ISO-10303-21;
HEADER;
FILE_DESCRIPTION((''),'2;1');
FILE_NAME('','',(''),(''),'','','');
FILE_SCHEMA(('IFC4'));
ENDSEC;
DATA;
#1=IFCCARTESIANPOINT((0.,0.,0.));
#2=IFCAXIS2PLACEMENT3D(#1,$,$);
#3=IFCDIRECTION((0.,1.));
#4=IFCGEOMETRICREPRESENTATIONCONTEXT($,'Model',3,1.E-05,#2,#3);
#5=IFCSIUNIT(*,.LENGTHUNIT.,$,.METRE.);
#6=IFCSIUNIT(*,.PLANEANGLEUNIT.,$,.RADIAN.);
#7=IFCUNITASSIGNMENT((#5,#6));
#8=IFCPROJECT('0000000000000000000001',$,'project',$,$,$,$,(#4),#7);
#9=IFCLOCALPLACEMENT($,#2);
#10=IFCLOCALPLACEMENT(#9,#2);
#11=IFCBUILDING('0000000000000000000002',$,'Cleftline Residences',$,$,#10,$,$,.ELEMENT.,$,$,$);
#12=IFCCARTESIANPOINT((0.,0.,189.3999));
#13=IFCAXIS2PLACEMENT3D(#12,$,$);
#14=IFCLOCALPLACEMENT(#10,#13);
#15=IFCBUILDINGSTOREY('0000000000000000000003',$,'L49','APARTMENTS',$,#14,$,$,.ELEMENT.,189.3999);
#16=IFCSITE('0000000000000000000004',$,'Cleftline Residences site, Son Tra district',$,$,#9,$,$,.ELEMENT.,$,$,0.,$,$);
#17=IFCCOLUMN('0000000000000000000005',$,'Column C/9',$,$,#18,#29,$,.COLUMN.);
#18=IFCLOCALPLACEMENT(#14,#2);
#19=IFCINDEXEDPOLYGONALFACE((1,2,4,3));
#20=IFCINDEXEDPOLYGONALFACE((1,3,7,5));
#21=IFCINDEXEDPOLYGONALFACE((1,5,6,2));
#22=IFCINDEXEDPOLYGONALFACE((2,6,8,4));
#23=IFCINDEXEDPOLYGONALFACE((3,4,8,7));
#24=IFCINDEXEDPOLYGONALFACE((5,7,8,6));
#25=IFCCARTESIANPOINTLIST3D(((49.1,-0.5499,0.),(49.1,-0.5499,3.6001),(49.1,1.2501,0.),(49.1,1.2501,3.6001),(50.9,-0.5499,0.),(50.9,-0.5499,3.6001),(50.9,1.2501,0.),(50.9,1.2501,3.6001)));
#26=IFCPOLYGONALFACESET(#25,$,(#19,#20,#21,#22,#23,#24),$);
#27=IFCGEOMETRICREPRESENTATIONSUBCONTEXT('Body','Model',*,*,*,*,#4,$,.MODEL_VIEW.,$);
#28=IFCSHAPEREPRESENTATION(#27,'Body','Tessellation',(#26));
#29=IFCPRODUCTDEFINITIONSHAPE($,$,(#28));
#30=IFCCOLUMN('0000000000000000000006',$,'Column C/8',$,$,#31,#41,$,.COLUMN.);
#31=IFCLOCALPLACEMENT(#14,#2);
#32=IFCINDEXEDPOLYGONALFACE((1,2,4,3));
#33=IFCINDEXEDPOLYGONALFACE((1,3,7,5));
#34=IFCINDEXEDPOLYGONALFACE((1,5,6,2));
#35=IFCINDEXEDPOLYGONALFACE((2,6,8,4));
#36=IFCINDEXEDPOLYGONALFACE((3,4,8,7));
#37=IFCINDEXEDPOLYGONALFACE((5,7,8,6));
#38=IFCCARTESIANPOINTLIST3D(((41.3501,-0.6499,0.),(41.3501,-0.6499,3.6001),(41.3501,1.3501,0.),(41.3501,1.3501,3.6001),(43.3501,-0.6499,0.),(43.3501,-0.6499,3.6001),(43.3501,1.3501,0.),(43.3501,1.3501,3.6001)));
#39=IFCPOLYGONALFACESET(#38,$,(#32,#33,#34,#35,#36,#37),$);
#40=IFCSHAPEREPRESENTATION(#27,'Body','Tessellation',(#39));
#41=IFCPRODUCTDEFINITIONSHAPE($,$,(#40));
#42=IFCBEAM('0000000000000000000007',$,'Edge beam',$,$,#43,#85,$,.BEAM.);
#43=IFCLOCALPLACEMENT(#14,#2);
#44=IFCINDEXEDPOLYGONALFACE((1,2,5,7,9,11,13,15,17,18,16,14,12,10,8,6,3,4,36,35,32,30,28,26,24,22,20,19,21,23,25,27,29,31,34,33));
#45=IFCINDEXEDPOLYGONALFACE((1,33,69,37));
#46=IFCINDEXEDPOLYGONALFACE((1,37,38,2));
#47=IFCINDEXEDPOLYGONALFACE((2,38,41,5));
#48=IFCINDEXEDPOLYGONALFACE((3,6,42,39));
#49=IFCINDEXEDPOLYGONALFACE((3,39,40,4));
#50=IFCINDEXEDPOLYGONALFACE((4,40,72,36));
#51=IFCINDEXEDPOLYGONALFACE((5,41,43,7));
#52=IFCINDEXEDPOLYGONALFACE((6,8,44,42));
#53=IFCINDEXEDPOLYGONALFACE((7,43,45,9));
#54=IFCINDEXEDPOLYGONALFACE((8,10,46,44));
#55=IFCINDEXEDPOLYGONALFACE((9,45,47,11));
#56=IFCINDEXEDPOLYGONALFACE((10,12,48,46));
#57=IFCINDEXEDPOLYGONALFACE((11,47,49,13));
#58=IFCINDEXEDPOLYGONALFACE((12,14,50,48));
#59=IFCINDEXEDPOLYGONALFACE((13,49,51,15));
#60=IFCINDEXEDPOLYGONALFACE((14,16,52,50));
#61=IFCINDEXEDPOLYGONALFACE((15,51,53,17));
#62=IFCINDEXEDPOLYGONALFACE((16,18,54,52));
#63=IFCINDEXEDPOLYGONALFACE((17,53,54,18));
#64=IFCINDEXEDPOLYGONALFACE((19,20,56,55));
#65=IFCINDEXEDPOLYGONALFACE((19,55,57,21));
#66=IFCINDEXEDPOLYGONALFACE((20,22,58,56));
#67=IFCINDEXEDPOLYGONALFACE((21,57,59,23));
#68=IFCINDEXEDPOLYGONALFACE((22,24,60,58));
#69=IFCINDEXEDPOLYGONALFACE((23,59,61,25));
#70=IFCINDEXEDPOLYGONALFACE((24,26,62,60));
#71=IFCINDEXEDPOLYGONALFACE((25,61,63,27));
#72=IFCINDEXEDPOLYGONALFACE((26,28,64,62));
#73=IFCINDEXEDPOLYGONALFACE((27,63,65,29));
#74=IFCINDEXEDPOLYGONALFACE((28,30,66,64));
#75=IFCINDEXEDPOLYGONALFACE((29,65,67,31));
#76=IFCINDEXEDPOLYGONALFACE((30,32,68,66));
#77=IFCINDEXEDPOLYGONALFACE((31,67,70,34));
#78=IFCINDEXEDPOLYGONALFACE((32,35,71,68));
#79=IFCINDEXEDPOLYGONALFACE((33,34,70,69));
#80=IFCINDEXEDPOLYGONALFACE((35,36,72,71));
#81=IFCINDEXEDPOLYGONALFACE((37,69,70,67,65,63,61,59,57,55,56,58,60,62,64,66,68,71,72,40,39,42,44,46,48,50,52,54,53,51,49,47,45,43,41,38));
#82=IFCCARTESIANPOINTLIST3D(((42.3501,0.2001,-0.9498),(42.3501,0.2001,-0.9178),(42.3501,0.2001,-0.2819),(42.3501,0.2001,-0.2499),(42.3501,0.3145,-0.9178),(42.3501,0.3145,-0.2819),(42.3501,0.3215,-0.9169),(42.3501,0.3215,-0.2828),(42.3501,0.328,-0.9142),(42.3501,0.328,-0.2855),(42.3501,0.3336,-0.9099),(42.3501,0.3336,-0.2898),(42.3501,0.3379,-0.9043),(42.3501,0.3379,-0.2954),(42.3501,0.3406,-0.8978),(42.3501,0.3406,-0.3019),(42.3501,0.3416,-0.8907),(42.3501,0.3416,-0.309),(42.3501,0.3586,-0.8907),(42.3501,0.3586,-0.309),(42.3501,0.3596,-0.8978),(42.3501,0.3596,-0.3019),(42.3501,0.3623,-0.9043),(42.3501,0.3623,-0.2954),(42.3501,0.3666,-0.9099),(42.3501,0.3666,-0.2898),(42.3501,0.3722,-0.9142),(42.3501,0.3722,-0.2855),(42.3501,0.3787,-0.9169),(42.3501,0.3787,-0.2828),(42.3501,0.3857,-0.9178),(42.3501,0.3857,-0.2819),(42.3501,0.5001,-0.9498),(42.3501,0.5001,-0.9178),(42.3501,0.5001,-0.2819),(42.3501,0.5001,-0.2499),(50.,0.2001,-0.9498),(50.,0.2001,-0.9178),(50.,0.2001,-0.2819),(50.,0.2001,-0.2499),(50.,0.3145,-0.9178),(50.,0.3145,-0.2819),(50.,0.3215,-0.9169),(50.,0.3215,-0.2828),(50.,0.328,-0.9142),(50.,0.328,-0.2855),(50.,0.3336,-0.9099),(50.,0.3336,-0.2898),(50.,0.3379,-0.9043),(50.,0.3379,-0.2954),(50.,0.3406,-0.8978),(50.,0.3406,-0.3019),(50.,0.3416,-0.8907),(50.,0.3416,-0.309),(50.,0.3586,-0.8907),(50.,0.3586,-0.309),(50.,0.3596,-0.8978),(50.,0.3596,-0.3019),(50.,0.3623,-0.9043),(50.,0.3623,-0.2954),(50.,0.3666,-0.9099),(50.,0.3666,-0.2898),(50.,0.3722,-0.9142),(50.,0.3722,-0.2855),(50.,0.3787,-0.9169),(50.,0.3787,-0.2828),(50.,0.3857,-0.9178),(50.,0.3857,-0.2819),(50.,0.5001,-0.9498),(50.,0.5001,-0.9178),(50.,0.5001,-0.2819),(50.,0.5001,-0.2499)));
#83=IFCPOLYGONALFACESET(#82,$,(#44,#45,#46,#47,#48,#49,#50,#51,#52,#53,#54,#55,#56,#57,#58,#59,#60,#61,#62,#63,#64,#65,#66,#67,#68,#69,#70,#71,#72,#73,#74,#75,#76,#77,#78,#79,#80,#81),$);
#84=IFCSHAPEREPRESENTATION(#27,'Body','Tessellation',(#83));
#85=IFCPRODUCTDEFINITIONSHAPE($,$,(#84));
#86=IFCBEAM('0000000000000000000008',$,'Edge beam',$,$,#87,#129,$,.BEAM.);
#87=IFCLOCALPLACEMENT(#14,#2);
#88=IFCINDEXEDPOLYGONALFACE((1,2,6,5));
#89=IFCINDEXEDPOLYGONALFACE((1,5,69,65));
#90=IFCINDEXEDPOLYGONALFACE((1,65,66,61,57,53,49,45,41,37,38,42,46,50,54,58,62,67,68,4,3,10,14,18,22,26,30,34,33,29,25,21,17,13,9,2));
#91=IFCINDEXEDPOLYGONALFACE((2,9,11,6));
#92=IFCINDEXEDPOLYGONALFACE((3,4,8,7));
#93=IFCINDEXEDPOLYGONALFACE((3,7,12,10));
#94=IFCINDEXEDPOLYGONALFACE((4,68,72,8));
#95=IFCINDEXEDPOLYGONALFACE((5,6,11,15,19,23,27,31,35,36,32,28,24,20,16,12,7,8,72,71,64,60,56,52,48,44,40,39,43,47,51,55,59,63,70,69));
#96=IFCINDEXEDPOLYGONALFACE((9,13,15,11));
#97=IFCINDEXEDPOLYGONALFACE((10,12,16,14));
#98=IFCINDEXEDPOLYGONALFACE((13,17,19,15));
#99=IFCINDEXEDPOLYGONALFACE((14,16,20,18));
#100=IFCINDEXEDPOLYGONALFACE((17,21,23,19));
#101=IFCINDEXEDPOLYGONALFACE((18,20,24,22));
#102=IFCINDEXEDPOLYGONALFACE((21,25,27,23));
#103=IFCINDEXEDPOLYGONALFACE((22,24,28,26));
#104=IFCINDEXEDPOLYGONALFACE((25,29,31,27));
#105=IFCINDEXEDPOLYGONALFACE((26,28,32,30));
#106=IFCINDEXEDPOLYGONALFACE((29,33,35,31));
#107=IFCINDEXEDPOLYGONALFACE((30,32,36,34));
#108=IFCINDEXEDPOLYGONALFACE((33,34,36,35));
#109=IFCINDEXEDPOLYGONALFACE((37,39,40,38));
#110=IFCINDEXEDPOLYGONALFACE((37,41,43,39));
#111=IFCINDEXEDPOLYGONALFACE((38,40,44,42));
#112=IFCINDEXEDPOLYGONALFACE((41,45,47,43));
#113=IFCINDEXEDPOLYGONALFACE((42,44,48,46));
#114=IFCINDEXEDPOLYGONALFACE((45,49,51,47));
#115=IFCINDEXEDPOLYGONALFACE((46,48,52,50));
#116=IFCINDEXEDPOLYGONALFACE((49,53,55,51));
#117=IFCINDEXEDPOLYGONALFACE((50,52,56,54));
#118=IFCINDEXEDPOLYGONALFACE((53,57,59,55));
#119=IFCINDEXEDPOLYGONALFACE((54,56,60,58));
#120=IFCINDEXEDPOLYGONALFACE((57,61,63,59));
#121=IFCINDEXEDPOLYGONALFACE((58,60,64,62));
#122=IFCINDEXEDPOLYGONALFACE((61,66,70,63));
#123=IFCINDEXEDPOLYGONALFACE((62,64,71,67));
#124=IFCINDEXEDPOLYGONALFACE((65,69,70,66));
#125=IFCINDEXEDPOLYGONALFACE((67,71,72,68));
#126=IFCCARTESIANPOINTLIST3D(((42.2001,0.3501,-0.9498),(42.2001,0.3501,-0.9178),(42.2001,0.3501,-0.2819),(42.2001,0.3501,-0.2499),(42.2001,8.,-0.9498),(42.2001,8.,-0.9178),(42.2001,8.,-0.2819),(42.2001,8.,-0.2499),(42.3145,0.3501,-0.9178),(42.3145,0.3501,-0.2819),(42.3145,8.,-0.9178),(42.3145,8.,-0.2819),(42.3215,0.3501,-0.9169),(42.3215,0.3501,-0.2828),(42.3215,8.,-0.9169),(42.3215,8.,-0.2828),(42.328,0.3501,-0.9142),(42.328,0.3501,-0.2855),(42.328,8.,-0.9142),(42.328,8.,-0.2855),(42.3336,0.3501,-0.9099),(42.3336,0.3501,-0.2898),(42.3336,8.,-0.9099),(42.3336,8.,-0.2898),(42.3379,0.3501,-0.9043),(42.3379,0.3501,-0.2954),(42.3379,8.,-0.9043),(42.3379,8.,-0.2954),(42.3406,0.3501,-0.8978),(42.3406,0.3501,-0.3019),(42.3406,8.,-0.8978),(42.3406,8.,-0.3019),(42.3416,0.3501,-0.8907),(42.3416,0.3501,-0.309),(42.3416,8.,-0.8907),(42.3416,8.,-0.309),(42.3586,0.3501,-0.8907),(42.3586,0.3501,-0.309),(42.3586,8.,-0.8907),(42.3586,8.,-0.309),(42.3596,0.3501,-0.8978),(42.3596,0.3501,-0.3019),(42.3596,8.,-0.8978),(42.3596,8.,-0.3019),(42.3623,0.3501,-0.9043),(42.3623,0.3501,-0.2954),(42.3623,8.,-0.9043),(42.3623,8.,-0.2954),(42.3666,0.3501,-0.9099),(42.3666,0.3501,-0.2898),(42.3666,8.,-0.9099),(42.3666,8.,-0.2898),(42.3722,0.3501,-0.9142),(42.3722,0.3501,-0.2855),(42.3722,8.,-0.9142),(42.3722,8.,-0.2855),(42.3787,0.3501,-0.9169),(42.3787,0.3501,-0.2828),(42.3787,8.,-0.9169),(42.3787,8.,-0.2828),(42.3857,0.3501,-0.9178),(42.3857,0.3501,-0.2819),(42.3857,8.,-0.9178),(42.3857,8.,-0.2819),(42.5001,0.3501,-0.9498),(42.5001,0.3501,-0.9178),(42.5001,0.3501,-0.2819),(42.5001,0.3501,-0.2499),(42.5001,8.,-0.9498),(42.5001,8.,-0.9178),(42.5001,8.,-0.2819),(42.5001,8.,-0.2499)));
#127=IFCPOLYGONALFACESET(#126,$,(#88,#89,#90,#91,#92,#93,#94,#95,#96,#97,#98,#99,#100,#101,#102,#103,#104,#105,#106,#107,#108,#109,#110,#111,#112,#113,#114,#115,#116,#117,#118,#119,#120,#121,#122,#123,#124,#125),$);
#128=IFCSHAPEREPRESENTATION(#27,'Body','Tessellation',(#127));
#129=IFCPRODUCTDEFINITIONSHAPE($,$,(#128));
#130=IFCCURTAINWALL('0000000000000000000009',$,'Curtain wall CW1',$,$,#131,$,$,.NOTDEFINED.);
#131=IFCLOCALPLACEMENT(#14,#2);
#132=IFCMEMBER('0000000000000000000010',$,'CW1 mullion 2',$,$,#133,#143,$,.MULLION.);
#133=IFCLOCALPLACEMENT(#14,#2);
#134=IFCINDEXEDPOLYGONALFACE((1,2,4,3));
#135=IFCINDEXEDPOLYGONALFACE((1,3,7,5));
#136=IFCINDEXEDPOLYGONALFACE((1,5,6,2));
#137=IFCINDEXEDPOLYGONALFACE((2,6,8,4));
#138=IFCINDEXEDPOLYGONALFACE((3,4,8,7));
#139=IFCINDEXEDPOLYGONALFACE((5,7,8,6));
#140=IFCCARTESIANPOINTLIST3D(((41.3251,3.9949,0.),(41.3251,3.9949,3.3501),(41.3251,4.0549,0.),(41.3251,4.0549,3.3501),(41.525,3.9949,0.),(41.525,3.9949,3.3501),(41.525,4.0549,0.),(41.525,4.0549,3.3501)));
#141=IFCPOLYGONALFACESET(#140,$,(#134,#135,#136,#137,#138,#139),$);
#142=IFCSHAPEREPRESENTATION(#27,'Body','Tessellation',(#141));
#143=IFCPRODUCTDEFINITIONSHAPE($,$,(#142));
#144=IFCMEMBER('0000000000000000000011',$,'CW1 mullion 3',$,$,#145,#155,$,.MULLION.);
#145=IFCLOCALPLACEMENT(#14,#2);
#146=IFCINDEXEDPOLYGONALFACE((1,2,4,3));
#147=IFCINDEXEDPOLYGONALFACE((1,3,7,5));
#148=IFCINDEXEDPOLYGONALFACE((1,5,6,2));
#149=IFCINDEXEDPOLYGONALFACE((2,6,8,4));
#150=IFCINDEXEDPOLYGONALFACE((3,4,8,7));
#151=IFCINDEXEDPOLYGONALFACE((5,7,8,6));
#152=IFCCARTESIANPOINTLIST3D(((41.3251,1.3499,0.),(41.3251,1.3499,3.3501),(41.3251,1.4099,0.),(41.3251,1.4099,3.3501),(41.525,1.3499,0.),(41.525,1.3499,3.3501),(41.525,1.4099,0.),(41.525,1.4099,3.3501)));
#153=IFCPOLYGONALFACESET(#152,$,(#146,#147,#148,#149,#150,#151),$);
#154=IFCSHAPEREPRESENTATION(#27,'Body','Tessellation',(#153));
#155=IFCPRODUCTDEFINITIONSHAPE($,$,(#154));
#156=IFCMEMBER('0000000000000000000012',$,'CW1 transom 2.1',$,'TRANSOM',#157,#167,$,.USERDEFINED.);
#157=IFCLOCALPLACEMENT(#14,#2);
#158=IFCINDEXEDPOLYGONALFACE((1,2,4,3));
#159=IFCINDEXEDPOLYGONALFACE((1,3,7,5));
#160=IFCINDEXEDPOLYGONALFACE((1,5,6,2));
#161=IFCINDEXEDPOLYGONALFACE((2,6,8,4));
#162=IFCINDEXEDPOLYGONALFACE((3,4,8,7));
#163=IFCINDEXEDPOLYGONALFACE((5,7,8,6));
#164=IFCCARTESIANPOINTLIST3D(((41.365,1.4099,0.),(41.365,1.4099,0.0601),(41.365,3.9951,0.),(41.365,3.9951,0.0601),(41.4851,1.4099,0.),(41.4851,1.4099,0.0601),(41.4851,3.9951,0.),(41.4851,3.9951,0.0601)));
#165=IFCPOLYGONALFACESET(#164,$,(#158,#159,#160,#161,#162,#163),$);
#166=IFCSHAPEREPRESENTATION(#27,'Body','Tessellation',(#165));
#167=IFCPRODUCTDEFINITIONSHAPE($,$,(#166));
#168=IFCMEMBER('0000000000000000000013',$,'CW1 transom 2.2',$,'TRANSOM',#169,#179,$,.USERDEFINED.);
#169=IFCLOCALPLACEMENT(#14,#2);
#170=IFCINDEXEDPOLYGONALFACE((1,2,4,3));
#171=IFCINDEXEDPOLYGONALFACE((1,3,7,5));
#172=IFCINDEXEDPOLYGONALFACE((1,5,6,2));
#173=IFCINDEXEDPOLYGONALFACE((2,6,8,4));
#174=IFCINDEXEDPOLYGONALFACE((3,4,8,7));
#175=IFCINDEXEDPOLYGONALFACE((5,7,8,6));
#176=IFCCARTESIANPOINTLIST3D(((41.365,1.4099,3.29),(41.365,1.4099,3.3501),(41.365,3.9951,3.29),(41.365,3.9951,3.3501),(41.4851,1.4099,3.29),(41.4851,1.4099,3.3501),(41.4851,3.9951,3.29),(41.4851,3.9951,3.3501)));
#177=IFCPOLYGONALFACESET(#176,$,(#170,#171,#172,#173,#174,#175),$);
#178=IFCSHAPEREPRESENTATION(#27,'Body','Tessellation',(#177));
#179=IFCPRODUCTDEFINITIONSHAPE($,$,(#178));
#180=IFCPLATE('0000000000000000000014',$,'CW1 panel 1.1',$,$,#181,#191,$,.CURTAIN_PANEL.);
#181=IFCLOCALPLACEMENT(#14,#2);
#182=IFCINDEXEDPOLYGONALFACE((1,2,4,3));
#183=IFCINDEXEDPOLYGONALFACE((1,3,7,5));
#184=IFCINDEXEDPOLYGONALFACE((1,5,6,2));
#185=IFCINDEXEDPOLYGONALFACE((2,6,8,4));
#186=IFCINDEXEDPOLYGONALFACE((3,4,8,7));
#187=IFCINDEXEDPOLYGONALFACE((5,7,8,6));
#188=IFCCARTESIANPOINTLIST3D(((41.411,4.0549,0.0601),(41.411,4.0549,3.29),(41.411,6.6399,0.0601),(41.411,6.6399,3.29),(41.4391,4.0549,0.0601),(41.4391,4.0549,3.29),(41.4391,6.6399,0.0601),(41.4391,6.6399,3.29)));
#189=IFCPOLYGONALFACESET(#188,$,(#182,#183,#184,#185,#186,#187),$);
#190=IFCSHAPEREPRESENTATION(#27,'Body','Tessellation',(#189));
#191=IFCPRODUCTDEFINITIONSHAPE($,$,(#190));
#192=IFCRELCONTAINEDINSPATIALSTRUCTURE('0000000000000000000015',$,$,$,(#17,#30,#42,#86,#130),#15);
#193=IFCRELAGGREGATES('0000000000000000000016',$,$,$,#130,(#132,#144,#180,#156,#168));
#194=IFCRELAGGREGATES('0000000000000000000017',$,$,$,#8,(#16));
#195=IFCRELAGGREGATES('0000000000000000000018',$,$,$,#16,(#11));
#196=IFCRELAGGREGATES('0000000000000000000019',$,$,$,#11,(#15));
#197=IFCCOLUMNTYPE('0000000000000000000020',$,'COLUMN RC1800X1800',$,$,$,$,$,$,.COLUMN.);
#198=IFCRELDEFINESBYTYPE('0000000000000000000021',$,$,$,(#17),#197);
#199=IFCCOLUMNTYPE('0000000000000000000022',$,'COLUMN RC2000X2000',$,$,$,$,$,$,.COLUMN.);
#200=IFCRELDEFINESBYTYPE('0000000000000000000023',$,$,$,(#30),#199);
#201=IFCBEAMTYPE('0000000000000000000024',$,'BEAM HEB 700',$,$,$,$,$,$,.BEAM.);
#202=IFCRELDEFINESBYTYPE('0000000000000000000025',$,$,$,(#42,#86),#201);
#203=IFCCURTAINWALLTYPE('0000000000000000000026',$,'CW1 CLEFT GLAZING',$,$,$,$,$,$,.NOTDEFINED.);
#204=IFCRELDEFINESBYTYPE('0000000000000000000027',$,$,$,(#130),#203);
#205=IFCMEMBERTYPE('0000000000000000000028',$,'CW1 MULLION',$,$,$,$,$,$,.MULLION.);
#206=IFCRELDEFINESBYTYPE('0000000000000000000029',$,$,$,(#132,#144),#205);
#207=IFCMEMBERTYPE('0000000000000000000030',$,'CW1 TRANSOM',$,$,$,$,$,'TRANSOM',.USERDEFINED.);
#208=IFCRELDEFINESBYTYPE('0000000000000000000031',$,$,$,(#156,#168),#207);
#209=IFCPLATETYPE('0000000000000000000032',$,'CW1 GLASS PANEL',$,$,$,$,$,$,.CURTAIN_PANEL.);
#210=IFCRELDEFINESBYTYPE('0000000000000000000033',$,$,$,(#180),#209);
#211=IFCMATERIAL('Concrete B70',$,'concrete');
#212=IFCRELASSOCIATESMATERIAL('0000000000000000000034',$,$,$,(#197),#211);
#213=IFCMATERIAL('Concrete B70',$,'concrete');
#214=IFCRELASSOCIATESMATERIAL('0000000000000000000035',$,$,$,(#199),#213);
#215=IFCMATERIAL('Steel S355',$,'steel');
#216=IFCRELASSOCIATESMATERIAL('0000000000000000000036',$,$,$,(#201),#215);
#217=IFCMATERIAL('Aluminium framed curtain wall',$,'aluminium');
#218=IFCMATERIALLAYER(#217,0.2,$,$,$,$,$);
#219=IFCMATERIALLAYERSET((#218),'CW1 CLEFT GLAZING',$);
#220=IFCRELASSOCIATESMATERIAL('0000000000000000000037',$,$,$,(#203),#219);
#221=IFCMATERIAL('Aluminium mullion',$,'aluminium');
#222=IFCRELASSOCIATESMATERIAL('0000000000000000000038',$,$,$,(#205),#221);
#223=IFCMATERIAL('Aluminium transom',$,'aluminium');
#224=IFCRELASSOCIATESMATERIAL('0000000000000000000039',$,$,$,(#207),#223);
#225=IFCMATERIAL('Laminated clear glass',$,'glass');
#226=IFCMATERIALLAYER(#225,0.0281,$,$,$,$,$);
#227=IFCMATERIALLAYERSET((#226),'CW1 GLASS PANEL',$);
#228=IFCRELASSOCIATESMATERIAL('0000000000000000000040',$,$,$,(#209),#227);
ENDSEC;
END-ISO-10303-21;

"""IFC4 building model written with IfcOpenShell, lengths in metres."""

from ifc_helpers import new_model, si_unit, direction, frame, origin, origin_2d, place, context, subcontext, project, spatial, rectangle, i_section, extrude, material, layer, layer_set, material_profile, profile_set, type_object, element, aggregate, save


model = new_model("IFC4")

# Units and contexts
model_context = context("Model", 3, precision=1e-05, world=origin(), true_north=direction((0.0, 1.0)))
body_context = subcontext(model_context, "Body", "Model", "MODEL_VIEW")
ifc_project = project(units=[si_unit("LENGTHUNIT", "METRE"), si_unit("PLANEANGLEUNIT", "RADIAN")], contexts=[model_context])

# Site, building, storey
site_placement = place(None, origin())
site = spatial("IfcSite", under=ifc_project, at=site_placement, Name="Cleftline Residences site, Son Tra district", CompositionType="ELEMENT", RefElevation=0.0)
building_placement = place(site_placement, origin())
building = spatial("IfcBuilding", under=site, at=building_placement, Name="Cleftline Residences", CompositionType="ELEMENT")
storey_placement = place(building_placement, frame((0.0, 0.0, 189.3999)))
storey = spatial("IfcBuildingStorey", under=building, at=storey_placement, Name="L49", Description="APARTMENTS", CompositionType="ELEMENT", Elevation=189.3999)

# Columns
ifc_material_1 = material(Name="Concrete B70", Category="concrete")
ifc_material_profile_1 = material_profile(ifc_material_1, rectangle(XDim=1.8, YDim=1.8, at=origin_2d()))
ifc_profile_set_1 = profile_set([ifc_material_profile_1], Name="Concrete B70")
column_type_1 = type_object("IfcColumnType", Name="COLUMN RC1800X1800", PredefinedType="COLUMN", material=ifc_profile_set_1)
column_1_placement = place(storey_placement, frame((50.0, 0.3501, 0.0), z_axis=(0.0, 0.0, 1.0), x_axis=(1.0, 0.0, 0.0)))
element("IfcColumn", 1, at=column_1_placement, inside=storey, type_object=column_type_1, Name="Column C/9", PredefinedType="COLUMN", context=body_context, shape_type="SweptSolid", body=[
    extrude(rectangle(XDim=1.8, YDim=1.8, at=origin_2d()), origin(), (0.0, 0.0, 1.0), 3.6001),
])
ifc_material_2 = material(Name="Concrete B70", Category="concrete")
ifc_material_profile_2 = material_profile(ifc_material_2, rectangle(XDim=2.0, YDim=2.0, at=origin_2d()))
ifc_profile_set_2 = profile_set([ifc_material_profile_2], Name="Concrete B70")
column_type_2 = type_object("IfcColumnType", Name="COLUMN RC2000X2000", PredefinedType="COLUMN", material=ifc_profile_set_2)
column_2_placement = place(storey_placement, frame((42.3501, 0.3501, 0.0), z_axis=(0.0, 0.0, 1.0), x_axis=(1.0, 0.0, 0.0)))
element("IfcColumn", 2, at=column_2_placement, inside=storey, type_object=column_type_2, Name="Column C/8", PredefinedType="COLUMN", context=body_context, shape_type="SweptSolid", body=[
    extrude(rectangle(XDim=2.0, YDim=2.0, at=origin_2d()), origin(), (0.0, 0.0, 1.0), 3.6001),
])

# Beams
ifc_material_3 = material(Name="Steel S355", Category="steel")
ifc_material_profile_3 = material_profile(ifc_material_3, i_section(OverallWidth=0.3, OverallDepth=0.7, WebThickness=0.0171, FlangeThickness=0.032, FilletRadius=0.0271, at=origin_2d()))
ifc_profile_set_3 = profile_set([ifc_material_profile_3], Name="Steel S355")
beam_type = type_object("IfcBeamType", Name="BEAM HEB 700", PredefinedType="BEAM", material=ifc_profile_set_3)
for number, where, z_axis, x_axis, name in (
    (3, (50.0, 0.3501, -0.5999), (-1.0, 0.0, 0.0), (0.0, -1.0, 0.0), "Edge beam"),
    (4, (42.3501, 0.3501, -0.5999), (0.0, 1.0, 0.0), (-1.0, 0.0, 0.0), "Edge beam"),
):
    element("IfcBeam", number, at=place(storey_placement, frame(where, z_axis=z_axis, x_axis=x_axis)), inside=storey, type_object=beam_type, Name=name, PredefinedType="BEAM", context=body_context, shape_type="SweptSolid", body=[
        extrude(i_section(OverallWidth=0.3, OverallDepth=0.7, WebThickness=0.0171, FlangeThickness=0.032, FilletRadius=0.0271, at=origin_2d()), origin(), (0.0, 0.0, 1.0), 7.6499),
    ])

# Curtain wall, members, plate
ifc_material_4 = material(Name="Aluminium framed curtain wall", Category="aluminium")
ifc_layer_1 = layer(ifc_material_4, 0.2)
ifc_layer_set_1 = layer_set([ifc_layer_1], Name="CW1 CLEFT GLAZING")
curtain_wall_type = type_object("IfcCurtainWallType", Name="CW1 CLEFT GLAZING", PredefinedType="NOTDEFINED", material=ifc_layer_set_1)
curtain_wall_placement = place(storey_placement, origin())
curtain_wall = element("IfcCurtainWall", 5, at=curtain_wall_placement, inside=storey, type_object=curtain_wall_type, Name="Curtain wall CW1", PredefinedType="NOTDEFINED")
ifc_material_5 = material(Name="Aluminium mullion", Category="aluminium")
ifc_material_profile_4 = material_profile(ifc_material_5, rectangle(XDim=0.2, YDim=0.0601, at=origin_2d()))
ifc_profile_set_4 = profile_set([ifc_material_profile_4], Name="Aluminium mullion")
member_type_1 = type_object("IfcMemberType", Name="CW1 MULLION", PredefinedType="MULLION", material=ifc_profile_set_4)
member_1_placement = place(storey_placement, frame((41.425, 4.0249, 0.0), z_axis=(0.0, 0.0, 1.0), x_axis=(1.0, 0.0, 0.0)))
member_1 = element("IfcMember", 6, at=member_1_placement, type_object=member_type_1, Name="CW1 mullion 2", PredefinedType="MULLION", context=body_context, shape_type="SweptSolid", body=[
    extrude(rectangle(XDim=0.2, YDim=0.0601, at=origin_2d()), origin(), (0.0, 0.0, 1.0), 3.3501),
])
member_2_placement = place(storey_placement, frame((41.425, 1.3799, 0.0), z_axis=(0.0, 0.0, 1.0), x_axis=(1.0, 0.0, 0.0)))
member_2 = element("IfcMember", 7, at=member_2_placement, type_object=member_type_1, Name="CW1 mullion 3", PredefinedType="MULLION", context=body_context, shape_type="SweptSolid", body=[
    extrude(rectangle(XDim=0.2, YDim=0.0601, at=origin_2d()), origin(), (0.0, 0.0, 1.0), 3.3501),
])
ifc_material_6 = material(Name="Aluminium transom", Category="aluminium")
ifc_material_profile_5 = material_profile(ifc_material_6, rectangle(XDim=0.1201, YDim=0.0601, at=origin_2d()))
ifc_profile_set_5 = profile_set([ifc_material_profile_5], Name="Aluminium transom")
member_type_2 = type_object("IfcMemberType", Name="CW1 TRANSOM", ElementType="TRANSOM", PredefinedType="USERDEFINED", material=ifc_profile_set_5)
member_3_placement = place(storey_placement, frame((41.425, 3.9951, 0.03), z_axis=(0.0, -1.0, 0.0), x_axis=(1.0, 0.0, 0.0)))
member_3 = element("IfcMember", 8, at=member_3_placement, type_object=member_type_2, Name="CW1 transom 2.1", ObjectType="TRANSOM", PredefinedType="USERDEFINED", context=body_context, shape_type="SweptSolid", body=[
    extrude(rectangle(XDim=0.1201, YDim=0.0601, at=origin_2d()), origin(), (0.0, 0.0, 1.0), 2.5852),
])
member_4_placement = place(storey_placement, frame((41.425, 3.9951, 3.3201), z_axis=(0.0, -1.0, 0.0), x_axis=(1.0, 0.0, 0.0)))
member_4 = element("IfcMember", 9, at=member_4_placement, type_object=member_type_2, Name="CW1 transom 2.2", ObjectType="TRANSOM", PredefinedType="USERDEFINED", context=body_context, shape_type="SweptSolid", body=[
    extrude(rectangle(XDim=0.1201, YDim=0.0601, at=origin_2d()), origin(), (0.0, 0.0, 1.0), 2.5852),
])
ifc_material_7 = material(Name="Laminated clear glass", Category="glass")
ifc_layer_2 = layer(ifc_material_7, 0.0281)
ifc_layer_set_2 = layer_set([ifc_layer_2], Name="CW1 GLASS PANEL")
plate_type = type_object("IfcPlateType", Name="CW1 GLASS PANEL", PredefinedType="CURTAIN_PANEL", material=ifc_layer_set_2)
plate_1_placement = place(storey_placement, frame((41.425, 5.3474, 0.0601), z_axis=(0.0, 0.0, 1.0), x_axis=(0.0, -1.0, 0.0)))
plate_1 = element("IfcPlate", 10, at=plate_1_placement, type_object=plate_type, Name="CW1 panel 1.1", PredefinedType="CURTAIN_PANEL", context=body_context, shape_type="SweptSolid", body=[
    extrude(rectangle(XDim=2.585, YDim=0.0281, at=origin_2d()), origin(), (0.0, 0.0, 1.0), 3.23),
])
aggregate(curtain_wall, [member_1, member_2, plate_1, member_3, member_4])

save(model, "model.ifc")
